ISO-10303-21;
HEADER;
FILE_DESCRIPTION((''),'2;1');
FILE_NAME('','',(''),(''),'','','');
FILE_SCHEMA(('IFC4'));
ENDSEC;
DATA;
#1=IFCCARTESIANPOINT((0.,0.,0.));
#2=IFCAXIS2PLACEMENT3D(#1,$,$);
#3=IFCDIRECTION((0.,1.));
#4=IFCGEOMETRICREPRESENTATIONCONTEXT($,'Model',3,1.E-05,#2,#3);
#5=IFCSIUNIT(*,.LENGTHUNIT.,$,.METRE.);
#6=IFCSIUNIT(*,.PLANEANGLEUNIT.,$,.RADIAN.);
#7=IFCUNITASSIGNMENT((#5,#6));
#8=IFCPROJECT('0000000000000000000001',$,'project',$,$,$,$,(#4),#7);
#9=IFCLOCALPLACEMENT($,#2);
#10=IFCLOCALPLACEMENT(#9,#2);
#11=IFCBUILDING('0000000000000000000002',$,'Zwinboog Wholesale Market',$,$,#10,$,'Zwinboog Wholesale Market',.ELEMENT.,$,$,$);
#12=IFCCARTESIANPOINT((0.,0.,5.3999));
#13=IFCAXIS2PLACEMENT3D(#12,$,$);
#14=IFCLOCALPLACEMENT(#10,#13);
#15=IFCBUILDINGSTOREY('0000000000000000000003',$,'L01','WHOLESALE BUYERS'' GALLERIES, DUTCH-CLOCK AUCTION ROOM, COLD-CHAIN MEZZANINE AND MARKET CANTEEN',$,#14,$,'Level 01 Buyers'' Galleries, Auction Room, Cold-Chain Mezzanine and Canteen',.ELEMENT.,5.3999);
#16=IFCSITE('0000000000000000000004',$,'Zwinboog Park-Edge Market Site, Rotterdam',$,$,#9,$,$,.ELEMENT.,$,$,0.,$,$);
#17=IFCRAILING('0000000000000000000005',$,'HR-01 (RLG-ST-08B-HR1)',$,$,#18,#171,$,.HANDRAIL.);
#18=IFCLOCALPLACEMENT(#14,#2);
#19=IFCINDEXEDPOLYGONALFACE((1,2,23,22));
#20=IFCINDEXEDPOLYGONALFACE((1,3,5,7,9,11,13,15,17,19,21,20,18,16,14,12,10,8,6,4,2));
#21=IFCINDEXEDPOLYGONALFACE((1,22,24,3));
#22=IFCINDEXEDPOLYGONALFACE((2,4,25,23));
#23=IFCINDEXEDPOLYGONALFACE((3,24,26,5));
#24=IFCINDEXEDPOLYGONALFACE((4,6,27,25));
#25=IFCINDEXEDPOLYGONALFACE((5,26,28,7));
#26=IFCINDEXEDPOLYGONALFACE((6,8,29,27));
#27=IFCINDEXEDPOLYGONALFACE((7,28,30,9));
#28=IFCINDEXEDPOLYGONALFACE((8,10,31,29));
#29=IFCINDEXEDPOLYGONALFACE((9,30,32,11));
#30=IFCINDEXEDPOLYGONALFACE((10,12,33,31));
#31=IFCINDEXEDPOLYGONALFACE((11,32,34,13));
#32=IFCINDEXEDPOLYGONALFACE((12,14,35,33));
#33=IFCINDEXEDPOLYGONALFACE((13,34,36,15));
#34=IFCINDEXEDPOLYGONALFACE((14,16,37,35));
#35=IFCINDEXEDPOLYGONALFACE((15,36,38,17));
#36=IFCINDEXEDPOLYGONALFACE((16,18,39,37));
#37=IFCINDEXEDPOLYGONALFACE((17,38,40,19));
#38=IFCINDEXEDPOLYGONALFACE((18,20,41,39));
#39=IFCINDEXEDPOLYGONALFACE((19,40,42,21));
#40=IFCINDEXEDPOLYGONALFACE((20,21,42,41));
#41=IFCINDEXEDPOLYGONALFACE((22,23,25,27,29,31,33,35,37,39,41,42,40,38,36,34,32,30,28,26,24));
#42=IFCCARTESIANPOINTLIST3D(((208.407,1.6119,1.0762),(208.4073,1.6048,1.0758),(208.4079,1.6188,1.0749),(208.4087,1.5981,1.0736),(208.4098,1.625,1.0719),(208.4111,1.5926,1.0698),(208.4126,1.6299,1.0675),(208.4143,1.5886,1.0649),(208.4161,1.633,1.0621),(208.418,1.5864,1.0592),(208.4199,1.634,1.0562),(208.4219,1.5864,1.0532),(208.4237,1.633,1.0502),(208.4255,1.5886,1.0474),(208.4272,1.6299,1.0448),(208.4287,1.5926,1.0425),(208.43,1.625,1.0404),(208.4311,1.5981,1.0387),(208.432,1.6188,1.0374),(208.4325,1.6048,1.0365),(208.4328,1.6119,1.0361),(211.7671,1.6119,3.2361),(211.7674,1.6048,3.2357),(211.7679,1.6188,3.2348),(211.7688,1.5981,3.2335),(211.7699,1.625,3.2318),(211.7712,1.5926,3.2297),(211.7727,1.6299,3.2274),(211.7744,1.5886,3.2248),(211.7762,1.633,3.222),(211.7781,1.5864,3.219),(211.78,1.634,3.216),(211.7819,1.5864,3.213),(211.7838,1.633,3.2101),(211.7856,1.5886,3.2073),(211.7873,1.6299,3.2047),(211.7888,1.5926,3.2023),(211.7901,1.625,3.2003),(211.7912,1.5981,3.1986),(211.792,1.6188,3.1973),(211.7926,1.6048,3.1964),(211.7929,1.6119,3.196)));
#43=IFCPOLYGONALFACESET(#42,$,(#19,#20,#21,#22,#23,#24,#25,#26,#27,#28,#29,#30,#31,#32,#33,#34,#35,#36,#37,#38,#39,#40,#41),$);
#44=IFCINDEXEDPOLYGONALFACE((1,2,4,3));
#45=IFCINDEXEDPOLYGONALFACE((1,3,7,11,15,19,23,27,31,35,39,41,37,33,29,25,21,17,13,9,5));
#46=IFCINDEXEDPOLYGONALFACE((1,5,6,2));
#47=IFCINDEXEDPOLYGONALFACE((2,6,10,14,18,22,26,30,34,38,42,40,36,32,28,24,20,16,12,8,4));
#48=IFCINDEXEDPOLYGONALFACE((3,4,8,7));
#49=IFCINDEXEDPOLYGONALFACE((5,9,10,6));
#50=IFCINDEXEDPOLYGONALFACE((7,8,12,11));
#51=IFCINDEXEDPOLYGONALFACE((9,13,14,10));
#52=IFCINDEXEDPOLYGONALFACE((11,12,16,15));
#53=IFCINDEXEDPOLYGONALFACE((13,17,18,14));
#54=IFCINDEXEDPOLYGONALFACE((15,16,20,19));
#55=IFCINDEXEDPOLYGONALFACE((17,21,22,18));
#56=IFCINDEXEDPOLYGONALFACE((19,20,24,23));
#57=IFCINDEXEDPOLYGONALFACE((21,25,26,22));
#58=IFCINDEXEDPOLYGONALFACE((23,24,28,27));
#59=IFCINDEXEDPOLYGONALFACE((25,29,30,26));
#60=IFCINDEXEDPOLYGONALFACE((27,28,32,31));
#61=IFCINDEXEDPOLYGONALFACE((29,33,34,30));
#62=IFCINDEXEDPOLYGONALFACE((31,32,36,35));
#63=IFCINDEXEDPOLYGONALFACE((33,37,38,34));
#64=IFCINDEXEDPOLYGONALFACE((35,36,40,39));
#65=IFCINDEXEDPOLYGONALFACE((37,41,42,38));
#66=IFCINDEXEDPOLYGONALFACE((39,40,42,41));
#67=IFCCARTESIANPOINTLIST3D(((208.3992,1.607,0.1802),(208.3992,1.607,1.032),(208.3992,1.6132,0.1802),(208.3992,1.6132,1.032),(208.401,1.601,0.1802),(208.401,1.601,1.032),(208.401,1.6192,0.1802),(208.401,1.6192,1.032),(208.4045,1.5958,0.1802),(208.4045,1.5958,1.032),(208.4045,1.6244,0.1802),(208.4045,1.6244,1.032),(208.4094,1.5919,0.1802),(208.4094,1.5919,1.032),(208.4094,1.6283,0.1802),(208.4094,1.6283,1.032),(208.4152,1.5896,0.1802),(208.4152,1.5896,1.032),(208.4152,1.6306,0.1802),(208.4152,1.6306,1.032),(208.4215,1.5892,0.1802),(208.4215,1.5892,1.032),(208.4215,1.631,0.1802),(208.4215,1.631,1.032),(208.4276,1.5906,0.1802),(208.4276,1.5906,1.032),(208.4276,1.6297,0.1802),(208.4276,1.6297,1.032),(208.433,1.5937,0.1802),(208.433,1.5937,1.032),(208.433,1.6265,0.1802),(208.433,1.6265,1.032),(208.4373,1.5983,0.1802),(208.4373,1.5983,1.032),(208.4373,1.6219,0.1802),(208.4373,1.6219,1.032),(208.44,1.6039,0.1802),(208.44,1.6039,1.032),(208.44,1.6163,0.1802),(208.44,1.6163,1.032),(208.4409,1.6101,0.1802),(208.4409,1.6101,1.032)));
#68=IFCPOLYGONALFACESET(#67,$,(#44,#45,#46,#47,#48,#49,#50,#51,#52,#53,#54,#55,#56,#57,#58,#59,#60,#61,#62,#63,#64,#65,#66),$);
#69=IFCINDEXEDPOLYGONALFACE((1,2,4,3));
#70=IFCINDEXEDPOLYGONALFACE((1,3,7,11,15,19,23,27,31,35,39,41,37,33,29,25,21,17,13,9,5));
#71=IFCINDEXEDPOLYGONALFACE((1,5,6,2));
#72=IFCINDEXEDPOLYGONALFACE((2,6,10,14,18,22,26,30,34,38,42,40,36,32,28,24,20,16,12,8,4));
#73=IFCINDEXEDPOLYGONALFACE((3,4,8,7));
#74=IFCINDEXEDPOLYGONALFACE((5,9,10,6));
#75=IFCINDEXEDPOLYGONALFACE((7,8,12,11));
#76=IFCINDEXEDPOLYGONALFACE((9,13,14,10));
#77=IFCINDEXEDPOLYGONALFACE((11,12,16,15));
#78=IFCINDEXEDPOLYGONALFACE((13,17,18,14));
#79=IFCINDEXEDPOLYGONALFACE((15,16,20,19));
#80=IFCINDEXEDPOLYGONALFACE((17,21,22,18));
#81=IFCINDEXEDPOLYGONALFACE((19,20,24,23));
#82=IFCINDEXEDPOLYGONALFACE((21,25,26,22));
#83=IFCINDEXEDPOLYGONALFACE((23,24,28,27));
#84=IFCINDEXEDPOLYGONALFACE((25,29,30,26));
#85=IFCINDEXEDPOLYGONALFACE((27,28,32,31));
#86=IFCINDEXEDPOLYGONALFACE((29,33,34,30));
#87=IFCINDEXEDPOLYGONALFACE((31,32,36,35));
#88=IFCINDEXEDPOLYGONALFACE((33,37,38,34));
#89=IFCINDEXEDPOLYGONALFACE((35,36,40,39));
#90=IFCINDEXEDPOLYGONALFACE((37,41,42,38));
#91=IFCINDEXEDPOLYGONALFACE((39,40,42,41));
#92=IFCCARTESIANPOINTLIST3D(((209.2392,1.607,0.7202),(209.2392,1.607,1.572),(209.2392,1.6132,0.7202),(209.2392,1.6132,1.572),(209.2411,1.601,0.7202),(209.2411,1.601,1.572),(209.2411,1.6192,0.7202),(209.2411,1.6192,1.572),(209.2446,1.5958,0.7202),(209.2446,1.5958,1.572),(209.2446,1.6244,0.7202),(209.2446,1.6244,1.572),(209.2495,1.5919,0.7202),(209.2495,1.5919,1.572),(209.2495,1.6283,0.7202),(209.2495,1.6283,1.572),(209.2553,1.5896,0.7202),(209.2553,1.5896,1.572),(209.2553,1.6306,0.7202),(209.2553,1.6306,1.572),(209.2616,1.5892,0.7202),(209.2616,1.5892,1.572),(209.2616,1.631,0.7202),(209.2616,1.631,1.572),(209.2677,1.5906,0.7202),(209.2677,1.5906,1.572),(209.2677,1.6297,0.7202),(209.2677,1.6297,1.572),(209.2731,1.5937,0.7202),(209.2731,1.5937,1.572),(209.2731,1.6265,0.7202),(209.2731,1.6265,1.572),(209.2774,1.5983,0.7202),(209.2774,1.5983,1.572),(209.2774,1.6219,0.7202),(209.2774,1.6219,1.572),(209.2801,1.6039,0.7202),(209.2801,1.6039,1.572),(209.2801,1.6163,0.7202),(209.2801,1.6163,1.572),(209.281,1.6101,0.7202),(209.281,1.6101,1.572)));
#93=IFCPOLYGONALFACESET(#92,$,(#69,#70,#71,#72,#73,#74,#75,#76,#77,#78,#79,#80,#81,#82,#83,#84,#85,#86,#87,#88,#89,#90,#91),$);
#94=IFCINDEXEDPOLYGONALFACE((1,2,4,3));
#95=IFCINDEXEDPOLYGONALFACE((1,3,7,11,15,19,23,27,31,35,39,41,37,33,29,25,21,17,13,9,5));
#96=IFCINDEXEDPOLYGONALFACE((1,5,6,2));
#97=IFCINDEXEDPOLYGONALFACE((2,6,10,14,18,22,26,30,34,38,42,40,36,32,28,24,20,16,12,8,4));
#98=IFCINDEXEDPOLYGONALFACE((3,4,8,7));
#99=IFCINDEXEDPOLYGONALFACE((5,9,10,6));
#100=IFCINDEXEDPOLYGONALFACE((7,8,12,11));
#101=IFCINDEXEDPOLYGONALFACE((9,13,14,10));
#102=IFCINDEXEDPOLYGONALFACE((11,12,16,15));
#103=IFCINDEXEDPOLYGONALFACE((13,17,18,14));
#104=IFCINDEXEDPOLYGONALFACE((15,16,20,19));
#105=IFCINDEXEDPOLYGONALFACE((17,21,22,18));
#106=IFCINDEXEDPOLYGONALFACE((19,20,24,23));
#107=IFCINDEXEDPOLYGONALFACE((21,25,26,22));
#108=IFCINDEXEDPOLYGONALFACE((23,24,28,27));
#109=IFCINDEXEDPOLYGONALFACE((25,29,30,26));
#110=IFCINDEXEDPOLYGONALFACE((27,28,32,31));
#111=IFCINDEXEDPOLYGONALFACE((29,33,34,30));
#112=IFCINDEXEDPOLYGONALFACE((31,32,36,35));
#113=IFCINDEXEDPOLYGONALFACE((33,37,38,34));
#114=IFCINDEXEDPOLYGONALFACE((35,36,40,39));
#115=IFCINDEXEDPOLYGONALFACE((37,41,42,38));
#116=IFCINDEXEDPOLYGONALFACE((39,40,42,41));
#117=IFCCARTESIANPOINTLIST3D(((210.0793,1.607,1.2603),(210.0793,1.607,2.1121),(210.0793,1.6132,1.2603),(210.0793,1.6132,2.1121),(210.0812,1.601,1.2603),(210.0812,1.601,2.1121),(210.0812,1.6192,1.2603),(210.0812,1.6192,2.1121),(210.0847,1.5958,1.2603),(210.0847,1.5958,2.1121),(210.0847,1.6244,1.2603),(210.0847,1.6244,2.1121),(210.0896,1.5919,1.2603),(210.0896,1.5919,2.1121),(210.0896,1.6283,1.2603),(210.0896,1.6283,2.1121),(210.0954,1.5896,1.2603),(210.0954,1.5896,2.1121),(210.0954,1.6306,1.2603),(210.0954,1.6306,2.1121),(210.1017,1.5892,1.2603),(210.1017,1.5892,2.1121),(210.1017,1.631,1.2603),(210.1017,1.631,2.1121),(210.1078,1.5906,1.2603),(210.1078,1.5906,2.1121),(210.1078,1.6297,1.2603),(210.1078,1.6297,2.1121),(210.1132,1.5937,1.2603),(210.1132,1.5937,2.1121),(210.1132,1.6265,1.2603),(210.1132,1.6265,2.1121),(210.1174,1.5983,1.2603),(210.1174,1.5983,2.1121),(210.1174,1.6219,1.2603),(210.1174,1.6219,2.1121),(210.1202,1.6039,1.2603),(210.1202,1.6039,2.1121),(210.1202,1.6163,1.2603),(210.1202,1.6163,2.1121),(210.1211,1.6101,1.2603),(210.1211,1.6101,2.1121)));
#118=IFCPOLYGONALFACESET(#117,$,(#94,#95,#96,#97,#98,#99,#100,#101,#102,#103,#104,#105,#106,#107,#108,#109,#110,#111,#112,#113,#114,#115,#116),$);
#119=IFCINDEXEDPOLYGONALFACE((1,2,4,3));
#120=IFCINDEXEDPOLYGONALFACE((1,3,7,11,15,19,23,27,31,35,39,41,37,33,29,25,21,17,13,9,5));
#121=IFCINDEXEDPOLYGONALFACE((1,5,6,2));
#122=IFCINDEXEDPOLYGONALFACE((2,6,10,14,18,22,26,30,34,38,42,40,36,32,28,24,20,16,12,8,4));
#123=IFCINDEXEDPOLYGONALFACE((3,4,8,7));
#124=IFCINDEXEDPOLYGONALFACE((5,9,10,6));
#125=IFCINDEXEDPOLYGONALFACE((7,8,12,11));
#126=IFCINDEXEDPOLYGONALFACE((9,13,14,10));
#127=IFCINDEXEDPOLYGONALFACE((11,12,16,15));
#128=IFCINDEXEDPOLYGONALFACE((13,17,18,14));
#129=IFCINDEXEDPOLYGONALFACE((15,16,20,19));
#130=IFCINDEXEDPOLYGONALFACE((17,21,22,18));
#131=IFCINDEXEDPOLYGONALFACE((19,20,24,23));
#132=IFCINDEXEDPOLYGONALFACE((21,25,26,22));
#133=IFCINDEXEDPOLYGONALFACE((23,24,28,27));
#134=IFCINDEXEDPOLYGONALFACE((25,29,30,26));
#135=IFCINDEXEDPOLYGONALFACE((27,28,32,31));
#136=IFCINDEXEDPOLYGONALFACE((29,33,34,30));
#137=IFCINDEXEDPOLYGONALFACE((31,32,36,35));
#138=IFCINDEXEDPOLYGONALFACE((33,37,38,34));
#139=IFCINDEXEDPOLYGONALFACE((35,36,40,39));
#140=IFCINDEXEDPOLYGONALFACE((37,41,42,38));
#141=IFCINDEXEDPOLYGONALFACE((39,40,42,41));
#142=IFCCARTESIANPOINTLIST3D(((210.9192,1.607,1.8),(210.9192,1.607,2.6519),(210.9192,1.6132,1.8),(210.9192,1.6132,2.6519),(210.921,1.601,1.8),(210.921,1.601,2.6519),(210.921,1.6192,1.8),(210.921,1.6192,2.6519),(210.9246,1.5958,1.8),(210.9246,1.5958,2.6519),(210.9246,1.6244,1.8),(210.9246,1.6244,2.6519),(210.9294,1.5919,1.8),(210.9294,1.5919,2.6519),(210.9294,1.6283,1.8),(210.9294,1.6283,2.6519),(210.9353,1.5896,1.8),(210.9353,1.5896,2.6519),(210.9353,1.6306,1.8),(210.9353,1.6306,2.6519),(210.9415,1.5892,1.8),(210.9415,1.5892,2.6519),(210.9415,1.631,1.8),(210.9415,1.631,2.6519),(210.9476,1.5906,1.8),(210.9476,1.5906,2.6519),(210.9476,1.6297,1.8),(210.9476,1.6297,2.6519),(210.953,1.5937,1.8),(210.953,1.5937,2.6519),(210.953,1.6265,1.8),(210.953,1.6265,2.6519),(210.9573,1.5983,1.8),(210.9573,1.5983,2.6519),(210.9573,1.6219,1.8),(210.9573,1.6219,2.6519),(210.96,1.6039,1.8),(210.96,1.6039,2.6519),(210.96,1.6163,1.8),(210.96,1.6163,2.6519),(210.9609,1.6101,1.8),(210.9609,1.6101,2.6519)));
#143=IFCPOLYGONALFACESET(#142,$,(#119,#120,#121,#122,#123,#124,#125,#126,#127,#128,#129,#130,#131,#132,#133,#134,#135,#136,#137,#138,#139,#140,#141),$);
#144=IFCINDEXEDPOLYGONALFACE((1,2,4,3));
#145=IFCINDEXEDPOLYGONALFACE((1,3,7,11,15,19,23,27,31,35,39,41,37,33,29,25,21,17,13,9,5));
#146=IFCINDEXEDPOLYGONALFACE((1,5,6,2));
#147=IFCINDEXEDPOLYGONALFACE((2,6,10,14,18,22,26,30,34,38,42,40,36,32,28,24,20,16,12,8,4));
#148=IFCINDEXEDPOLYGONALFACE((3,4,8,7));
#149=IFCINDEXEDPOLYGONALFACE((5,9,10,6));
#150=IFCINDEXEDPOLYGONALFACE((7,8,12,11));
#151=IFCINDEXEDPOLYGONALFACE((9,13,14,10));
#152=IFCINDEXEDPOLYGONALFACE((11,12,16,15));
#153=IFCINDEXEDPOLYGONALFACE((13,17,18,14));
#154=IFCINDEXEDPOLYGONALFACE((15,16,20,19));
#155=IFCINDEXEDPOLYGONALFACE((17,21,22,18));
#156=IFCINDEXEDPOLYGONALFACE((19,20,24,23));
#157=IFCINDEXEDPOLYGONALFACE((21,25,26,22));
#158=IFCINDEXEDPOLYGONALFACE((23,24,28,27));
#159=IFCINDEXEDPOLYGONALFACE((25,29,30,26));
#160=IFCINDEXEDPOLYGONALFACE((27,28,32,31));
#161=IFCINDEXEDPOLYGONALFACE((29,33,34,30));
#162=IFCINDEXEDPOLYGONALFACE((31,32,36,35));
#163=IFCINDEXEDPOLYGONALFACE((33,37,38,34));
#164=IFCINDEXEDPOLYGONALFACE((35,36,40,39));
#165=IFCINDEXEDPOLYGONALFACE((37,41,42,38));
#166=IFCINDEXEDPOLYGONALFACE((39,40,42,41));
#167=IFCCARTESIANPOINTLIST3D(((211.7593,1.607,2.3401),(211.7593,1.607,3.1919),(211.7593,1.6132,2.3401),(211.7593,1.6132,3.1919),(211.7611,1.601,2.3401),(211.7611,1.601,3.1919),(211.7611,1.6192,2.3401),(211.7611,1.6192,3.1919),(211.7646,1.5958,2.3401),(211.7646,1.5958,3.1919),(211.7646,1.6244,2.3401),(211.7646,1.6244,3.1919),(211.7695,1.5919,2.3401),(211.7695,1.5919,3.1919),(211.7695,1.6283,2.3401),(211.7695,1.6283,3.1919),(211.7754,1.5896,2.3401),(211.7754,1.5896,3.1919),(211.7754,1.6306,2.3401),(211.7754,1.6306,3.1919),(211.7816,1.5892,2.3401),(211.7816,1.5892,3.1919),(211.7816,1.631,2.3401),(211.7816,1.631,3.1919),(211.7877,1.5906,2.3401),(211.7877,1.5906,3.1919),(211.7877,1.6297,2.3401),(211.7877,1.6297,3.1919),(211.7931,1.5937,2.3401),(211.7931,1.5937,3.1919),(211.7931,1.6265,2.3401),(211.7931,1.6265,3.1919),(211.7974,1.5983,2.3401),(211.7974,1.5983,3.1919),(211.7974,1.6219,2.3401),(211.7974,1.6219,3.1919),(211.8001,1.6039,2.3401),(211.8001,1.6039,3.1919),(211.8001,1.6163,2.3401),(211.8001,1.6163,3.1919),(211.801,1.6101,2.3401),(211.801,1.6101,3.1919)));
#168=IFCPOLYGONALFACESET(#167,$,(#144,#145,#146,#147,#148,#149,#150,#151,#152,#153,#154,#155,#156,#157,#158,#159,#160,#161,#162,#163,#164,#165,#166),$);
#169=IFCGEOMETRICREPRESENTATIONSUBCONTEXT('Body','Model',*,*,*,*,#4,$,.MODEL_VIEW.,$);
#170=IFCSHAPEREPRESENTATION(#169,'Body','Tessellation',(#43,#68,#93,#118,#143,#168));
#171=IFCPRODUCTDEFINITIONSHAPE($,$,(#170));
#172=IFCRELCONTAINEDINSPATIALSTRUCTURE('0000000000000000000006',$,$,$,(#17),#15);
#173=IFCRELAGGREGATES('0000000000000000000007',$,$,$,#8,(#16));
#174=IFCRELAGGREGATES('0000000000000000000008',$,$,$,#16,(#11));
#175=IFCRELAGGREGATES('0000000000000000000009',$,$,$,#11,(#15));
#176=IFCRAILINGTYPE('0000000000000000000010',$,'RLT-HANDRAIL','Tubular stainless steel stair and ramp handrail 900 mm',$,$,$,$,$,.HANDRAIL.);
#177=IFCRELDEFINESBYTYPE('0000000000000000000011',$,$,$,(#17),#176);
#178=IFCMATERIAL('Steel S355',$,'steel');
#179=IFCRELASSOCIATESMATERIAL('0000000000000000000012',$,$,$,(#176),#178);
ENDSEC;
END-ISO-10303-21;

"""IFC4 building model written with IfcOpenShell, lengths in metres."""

from ifc_helpers import new_model, si_unit, direction, frame, origin, origin_2d, place, context, subcontext, project, spatial, circle, extrude, material, type_object, element, save


model = new_model("IFC4")

# Units and contexts
model_context = context("Model", 3, precision=1e-05, world=origin(), true_north=direction((0.0, 1.0)))
body_context = subcontext(model_context, "Body", "Model", "MODEL_VIEW")
ifc_project = project(units=[si_unit("LENGTHUNIT", "METRE"), si_unit("PLANEANGLEUNIT", "RADIAN")], contexts=[model_context])

# Site, building, storey
site_placement = place(None, origin())
site = spatial("IfcSite", under=ifc_project, at=site_placement, Name="Zwinboog Park-Edge Market Site, Rotterdam", CompositionType="ELEMENT", RefElevation=0.0)
building_placement = place(site_placement, origin())
building = spatial("IfcBuilding", under=site, at=building_placement, Name="Zwinboog Wholesale Market", LongName="Zwinboog Wholesale Market", CompositionType="ELEMENT")
storey_placement = place(building_placement, frame((0.0, 0.0, 5.3999)))
storey = spatial("IfcBuildingStorey", under=building, at=storey_placement, Name="L01", Description="WHOLESALE BUYERS' GALLERIES, DUTCH-CLOCK AUCTION ROOM, COLD-CHAIN MEZZANINE AND MARKET CANTEEN", LongName="Level 01 Buyers' Galleries, Auction Room, Cold-Chain Mezzanine and Canteen", CompositionType="ELEMENT", Elevation=5.3999)

# Shared definitions
ifc_material_1 = material(Name="Steel S355", Category="steel")

# Railing
railing_type_1 = type_object("IfcRailingType", Name="RLT-HANDRAIL", Description="Tubular stainless steel stair and ramp handrail 900 mm", PredefinedType="HANDRAIL", material=ifc_material_1)
railing_1_placement = place(storey_placement, frame((208.4199, 1.6101, 0.1802)))
element("IfcRailing", 1, at=railing_1_placement, inside=storey, type_object=railing_type_1, Name="HR-01 (RLG-ST-08B-HR1)", PredefinedType="HANDRAIL", context=body_context, shape_type="SweptSolid", body=[
    extrude(circle(Radius=0.0239, at=origin_2d()), frame((0.0, 0.0, 0.876), z_axis=(0.841196, 0.0, 0.54073), x_axis=(0.0, 1.0, 0.0)), (0.0, 0.0, 1.0), 3.9944),
    extrude(circle(Radius=0.021, at=origin_2d()), origin(), (0.0, 0.0, 1.0), 0.8518),
    extrude(circle(Radius=0.021, at=origin_2d()), frame((0.8401, 0.0, 0.54)), (0.0, 0.0, 1.0), 0.8518),
    extrude(circle(Radius=0.021, at=origin_2d()), frame((1.6802, 0.0, 1.0801)), (0.0, 0.0, 1.0), 0.8518),
    extrude(circle(Radius=0.021, at=origin_2d()), frame((2.52, 0.0, 1.6199)), (0.0, 0.0, 1.0), 0.8518),
    extrude(circle(Radius=0.021, at=origin_2d()), frame((3.3601, 0.0, 2.1599)), (0.0, 0.0, 1.0), 0.8518),
])

save(model, "model.ifc")
